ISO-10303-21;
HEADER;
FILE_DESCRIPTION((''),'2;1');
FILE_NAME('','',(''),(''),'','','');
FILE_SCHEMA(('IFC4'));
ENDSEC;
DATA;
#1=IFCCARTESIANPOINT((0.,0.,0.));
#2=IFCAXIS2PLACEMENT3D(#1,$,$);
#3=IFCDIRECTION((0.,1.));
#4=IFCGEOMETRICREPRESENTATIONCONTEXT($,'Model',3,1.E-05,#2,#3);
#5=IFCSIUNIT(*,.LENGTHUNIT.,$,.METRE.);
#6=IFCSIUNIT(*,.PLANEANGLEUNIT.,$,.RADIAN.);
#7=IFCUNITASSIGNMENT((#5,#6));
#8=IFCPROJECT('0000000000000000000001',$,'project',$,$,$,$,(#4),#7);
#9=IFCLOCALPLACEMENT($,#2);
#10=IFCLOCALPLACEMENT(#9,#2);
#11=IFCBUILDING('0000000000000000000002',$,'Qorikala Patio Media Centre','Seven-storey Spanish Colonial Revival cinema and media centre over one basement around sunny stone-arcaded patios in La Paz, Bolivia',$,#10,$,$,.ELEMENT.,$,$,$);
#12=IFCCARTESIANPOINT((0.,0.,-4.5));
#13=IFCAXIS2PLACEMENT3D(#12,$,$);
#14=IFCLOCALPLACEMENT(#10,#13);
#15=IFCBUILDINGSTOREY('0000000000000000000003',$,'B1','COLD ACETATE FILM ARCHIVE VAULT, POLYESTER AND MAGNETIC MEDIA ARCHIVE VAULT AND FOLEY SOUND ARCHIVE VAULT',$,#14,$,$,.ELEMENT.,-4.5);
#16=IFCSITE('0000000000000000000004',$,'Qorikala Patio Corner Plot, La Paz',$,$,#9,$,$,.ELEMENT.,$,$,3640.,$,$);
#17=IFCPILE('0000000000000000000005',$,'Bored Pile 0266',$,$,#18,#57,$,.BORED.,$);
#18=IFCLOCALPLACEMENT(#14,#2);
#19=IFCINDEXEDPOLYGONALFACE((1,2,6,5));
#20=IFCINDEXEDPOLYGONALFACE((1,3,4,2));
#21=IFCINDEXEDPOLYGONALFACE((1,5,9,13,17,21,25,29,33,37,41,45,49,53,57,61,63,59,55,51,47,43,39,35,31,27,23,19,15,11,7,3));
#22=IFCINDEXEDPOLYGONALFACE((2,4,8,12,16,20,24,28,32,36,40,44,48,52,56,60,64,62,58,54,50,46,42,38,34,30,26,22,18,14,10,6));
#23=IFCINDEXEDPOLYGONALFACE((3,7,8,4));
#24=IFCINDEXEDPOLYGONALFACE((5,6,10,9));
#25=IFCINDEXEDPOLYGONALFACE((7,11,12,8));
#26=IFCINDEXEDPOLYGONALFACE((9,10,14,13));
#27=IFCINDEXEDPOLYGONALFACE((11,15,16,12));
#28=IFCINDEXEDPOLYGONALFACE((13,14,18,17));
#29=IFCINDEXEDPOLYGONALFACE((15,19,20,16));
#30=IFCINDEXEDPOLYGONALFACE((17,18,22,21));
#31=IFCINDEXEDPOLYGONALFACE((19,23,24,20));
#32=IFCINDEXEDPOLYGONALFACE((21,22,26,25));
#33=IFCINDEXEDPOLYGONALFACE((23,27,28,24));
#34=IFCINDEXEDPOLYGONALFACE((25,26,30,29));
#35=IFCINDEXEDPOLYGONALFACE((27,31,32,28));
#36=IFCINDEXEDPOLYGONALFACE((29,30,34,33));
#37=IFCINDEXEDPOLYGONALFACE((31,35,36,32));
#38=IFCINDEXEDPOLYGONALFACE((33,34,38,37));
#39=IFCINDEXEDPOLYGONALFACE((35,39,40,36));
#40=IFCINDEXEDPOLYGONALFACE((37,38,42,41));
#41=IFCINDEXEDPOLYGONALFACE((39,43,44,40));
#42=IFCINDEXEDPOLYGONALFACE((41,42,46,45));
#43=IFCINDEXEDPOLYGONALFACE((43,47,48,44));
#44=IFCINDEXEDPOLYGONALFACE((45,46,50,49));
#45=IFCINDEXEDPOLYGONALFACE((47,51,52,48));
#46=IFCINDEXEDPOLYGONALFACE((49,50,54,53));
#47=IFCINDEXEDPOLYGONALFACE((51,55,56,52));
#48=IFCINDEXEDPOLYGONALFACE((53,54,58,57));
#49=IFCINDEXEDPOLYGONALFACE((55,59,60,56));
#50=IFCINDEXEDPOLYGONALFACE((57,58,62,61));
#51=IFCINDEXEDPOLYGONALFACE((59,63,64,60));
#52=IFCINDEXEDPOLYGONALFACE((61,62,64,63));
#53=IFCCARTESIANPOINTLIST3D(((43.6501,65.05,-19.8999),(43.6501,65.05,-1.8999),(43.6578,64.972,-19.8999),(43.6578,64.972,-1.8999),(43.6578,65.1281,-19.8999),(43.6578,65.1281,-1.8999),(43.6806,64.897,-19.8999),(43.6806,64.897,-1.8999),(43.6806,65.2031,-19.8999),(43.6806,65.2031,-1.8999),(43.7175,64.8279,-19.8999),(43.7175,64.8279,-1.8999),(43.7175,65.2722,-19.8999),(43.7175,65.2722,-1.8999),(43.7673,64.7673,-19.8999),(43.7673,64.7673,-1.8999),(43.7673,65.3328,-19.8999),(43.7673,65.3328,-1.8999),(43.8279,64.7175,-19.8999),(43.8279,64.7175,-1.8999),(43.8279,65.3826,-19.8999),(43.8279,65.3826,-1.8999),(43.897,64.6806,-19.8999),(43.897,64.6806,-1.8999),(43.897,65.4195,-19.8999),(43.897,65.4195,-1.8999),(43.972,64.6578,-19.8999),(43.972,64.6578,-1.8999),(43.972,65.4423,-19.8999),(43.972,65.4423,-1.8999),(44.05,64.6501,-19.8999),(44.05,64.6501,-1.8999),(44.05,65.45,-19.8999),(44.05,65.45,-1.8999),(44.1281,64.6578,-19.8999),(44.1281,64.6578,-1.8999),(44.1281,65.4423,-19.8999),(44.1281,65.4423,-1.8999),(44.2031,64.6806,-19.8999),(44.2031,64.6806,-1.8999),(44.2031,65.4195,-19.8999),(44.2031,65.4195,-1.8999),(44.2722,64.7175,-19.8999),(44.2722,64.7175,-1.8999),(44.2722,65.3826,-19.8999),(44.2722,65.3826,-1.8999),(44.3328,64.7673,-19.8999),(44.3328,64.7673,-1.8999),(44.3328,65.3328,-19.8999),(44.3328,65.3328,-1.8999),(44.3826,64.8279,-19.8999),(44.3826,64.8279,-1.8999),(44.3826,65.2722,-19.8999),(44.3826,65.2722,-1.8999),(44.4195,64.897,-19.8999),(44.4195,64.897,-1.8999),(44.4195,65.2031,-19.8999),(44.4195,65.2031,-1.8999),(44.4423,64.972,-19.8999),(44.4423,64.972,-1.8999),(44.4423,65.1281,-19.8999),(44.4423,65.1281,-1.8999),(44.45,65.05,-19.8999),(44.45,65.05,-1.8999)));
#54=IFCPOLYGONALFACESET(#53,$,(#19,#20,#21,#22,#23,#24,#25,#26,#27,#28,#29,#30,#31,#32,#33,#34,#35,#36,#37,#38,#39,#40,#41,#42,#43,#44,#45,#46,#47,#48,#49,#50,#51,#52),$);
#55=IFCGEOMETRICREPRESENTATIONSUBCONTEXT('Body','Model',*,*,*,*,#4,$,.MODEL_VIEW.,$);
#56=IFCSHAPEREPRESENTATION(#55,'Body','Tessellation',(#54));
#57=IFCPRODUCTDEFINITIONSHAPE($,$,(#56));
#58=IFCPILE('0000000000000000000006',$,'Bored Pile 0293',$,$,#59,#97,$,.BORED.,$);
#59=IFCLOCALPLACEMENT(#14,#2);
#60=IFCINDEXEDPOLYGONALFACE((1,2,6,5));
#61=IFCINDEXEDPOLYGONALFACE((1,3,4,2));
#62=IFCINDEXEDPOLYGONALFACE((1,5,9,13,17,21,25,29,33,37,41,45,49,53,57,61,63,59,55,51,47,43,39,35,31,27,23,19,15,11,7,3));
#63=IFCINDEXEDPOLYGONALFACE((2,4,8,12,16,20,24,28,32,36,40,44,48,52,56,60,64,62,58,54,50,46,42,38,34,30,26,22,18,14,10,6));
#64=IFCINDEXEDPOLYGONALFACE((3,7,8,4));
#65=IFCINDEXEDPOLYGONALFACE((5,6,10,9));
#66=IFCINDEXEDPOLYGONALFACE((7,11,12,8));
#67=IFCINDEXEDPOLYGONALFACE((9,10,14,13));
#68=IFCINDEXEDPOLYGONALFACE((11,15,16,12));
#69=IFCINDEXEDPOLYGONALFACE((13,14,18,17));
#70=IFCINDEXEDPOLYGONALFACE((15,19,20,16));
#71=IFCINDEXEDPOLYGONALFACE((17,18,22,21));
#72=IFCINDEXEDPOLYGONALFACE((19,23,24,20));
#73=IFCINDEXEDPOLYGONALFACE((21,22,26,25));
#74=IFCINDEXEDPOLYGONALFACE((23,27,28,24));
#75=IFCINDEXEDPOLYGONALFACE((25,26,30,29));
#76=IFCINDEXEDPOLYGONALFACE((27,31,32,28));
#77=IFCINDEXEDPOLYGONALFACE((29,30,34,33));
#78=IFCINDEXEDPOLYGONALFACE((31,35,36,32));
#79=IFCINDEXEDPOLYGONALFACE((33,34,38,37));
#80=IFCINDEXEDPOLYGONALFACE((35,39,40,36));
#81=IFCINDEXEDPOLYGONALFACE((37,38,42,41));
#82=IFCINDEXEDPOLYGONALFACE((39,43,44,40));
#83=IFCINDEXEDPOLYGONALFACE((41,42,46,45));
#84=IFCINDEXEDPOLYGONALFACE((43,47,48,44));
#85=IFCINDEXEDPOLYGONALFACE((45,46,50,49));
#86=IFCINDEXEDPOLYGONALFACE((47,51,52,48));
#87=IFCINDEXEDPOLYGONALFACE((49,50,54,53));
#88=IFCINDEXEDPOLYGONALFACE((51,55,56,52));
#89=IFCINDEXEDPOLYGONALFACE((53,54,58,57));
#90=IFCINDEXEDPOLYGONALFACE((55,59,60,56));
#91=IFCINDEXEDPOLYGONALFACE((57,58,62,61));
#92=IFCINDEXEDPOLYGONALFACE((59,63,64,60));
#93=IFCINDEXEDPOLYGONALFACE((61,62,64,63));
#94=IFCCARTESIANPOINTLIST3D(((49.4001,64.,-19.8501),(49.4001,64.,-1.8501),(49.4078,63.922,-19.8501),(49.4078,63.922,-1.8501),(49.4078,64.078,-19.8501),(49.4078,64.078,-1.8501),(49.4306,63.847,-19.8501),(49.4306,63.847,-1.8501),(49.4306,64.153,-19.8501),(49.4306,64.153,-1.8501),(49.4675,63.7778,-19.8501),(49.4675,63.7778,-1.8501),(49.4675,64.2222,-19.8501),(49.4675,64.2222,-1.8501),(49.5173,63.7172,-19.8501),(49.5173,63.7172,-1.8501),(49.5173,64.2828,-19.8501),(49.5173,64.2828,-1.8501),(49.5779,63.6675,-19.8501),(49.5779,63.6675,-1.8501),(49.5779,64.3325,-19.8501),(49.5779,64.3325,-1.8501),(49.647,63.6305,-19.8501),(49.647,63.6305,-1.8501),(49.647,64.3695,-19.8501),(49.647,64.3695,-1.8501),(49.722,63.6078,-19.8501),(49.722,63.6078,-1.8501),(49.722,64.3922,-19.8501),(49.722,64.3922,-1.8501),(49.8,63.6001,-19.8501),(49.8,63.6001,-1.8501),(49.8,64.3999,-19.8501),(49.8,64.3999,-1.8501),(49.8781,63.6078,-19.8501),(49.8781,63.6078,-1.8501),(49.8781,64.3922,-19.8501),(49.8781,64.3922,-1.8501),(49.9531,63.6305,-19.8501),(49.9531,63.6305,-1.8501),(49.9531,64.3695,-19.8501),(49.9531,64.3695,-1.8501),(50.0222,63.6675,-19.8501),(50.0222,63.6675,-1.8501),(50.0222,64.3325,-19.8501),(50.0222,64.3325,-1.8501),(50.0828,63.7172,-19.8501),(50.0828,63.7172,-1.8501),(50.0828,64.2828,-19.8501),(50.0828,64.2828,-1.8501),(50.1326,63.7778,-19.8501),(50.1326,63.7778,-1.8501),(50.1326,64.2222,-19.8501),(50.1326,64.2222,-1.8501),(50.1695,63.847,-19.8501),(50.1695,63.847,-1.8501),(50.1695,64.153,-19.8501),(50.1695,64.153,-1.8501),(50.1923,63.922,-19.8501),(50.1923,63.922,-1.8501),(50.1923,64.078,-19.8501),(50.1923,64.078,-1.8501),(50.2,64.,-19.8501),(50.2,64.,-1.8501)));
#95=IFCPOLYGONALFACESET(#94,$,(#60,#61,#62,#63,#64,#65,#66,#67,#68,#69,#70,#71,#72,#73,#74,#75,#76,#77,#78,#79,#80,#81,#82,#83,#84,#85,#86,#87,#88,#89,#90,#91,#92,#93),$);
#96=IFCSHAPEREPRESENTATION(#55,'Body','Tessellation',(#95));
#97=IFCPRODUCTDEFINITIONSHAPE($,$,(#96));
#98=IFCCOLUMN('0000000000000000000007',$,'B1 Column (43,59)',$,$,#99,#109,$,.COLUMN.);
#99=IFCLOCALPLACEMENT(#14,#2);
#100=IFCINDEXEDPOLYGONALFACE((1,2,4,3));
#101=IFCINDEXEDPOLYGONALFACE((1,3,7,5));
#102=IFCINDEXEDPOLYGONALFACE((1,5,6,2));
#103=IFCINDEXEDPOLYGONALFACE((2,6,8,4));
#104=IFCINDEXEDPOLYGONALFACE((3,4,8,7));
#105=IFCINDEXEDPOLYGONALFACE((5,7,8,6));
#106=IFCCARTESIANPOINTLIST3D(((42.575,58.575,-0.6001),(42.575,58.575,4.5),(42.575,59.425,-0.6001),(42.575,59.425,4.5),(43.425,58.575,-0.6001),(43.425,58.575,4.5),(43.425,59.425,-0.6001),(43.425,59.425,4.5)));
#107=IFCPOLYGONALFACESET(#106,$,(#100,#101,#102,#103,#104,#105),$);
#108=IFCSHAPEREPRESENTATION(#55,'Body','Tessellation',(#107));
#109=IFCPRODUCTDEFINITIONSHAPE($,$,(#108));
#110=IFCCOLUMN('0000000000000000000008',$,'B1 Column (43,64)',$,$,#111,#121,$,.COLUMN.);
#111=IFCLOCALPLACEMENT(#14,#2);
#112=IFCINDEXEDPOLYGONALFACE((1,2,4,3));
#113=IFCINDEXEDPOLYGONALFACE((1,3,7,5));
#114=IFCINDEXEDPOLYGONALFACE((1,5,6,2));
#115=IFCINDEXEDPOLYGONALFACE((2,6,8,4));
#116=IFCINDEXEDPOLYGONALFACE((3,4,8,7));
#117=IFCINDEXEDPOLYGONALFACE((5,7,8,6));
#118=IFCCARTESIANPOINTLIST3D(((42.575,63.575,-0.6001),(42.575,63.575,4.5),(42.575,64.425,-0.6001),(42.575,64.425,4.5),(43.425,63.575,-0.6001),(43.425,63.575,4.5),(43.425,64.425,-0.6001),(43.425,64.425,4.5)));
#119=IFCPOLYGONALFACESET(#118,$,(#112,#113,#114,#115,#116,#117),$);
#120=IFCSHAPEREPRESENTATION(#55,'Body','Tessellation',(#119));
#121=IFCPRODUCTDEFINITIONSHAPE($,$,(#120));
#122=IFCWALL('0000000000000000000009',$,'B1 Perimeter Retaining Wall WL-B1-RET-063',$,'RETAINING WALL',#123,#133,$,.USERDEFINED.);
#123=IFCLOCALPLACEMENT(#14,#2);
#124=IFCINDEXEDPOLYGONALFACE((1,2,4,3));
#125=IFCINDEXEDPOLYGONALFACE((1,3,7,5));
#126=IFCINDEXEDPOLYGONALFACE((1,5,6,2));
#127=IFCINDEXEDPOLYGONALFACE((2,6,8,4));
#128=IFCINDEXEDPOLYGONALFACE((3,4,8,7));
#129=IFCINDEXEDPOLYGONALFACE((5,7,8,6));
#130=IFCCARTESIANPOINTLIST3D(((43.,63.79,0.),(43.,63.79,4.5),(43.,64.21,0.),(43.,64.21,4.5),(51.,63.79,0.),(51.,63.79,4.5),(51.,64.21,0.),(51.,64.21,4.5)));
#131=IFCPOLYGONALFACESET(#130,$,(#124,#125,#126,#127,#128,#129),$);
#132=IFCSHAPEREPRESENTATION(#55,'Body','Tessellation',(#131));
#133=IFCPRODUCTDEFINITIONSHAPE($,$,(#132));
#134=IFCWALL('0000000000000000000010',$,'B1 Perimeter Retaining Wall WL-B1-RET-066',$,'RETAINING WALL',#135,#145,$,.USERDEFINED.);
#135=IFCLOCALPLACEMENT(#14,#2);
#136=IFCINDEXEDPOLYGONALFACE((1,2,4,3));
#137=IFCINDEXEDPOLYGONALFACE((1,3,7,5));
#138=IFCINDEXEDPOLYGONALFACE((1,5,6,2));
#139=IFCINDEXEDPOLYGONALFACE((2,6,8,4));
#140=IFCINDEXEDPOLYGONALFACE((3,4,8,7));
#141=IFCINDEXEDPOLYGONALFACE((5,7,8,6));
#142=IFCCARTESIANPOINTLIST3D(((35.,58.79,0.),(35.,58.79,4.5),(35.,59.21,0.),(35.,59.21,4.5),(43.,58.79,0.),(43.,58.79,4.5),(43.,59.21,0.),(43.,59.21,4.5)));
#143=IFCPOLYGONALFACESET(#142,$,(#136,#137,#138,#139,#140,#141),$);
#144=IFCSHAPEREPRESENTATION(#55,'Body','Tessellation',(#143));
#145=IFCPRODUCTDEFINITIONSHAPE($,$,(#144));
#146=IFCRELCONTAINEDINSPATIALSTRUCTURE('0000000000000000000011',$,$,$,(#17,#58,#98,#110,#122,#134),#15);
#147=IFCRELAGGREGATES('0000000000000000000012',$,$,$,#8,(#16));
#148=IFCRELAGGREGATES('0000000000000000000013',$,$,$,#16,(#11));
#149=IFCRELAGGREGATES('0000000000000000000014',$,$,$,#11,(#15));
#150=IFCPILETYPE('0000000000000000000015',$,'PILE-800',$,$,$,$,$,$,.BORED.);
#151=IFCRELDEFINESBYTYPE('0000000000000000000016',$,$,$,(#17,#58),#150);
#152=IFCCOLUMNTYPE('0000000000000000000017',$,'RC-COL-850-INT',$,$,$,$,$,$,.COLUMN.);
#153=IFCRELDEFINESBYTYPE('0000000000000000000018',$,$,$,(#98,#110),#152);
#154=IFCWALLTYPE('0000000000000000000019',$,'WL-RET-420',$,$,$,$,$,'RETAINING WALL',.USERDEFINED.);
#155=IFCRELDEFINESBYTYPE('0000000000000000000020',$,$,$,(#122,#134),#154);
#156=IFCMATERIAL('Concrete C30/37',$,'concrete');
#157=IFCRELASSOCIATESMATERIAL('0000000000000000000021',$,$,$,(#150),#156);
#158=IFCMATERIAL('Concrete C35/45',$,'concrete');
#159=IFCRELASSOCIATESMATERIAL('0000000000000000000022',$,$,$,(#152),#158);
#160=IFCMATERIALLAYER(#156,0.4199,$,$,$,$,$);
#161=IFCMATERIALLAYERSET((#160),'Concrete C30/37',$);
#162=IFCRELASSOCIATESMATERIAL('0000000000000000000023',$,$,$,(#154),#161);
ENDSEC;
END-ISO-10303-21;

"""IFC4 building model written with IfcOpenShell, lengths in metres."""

from ifc_helpers import new_model, si_unit, direction, frame, frame_2d, origin, origin_2d, place, context, subcontext, project, spatial, rectangle, circle, extrude, material, layer, layer_set, material_profile, profile_set, type_object, element, save


model = new_model("IFC4")

# Units and contexts
model_context = context("Model", 3, precision=1e-05, world=origin(), true_north=direction((0.0, 1.0)))
body_context = subcontext(model_context, "Body", "Model", "MODEL_VIEW")
ifc_project = project(units=[si_unit("LENGTHUNIT", "METRE"), si_unit("PLANEANGLEUNIT", "RADIAN")], contexts=[model_context])

# Site, building, storey
site_placement = place(None, origin())
site = spatial("IfcSite", under=ifc_project, at=site_placement, Name="Qorikala Patio Corner Plot, La Paz", CompositionType="ELEMENT", RefElevation=3640.0)
building_placement = place(site_placement, origin())
building = spatial("IfcBuilding", under=site, at=building_placement, Name="Qorikala Patio Media Centre", Description="Seven-storey Spanish Colonial Revival cinema and media centre over one basement around sunny stone-arcaded patios in La Paz, Bolivia", CompositionType="ELEMENT")
storey_placement = place(building_placement, frame((0.0, 0.0, -4.5)))
storey = spatial("IfcBuildingStorey", under=building, at=storey_placement, Name="B1", Description="COLD ACETATE FILM ARCHIVE VAULT, POLYESTER AND MAGNETIC MEDIA ARCHIVE VAULT AND FOLEY SOUND ARCHIVE VAULT", CompositionType="ELEMENT", Elevation=-4.5)

# Shared definitions
ifc_material_1 = material(Name="Concrete C30/37", Category="concrete")

# Piles
ifc_material_profile_1 = material_profile(ifc_material_1, circle(Radius=0.3999, at=origin_2d()), Name="BORED PILE 800")
ifc_profile_set_1 = profile_set([ifc_material_profile_1], Name="Concrete C30/37")
pile_type_1 = type_object("IfcPileType", Name="PILE-800", PredefinedType="BORED", material=ifc_profile_set_1)
for number, where, z_axis, x_axis, name in (
    (1, (44.05, 65.05, -1.8999), (0.0, 0.0, -1.0), (1.0, 0.0, 0.0), "Bored Pile 0266"),
    (2, (49.8, 64.0, -1.8501), (0.0, 0.0, -1.0), (1.0, 0.0, 0.0), "Bored Pile 0293"),
):
    element("IfcPile", number, at=place(storey_placement, frame(where, z_axis=z_axis, x_axis=x_axis)), inside=storey, type_object=pile_type_1, Name=name, PredefinedType="BORED", context=body_context, shape_type="SweptSolid", body=[
        extrude(circle(Radius=0.3999, at=origin_2d()), origin(), (0.0, 0.0, 1.0), 18.0),
    ])

# Columns
ifc_material_2 = material(Name="Concrete C35/45", Category="concrete")
ifc_material_profile_2 = material_profile(ifc_material_2, rectangle(XDim=0.8501, YDim=0.8501, at=origin_2d()), Name="RC 850x850")
ifc_profile_set_2 = profile_set([ifc_material_profile_2], Name="Concrete C35/45")
column_type = type_object("IfcColumnType", Name="RC-COL-850-INT", PredefinedType="COLUMN", material=ifc_profile_set_2)
for number, where, z_axis, x_axis, name in (
    (3, (43.0, 59.0, -0.6001), (0.0, 0.0, 1.0), (1.0, 0.0, 0.0), "B1 Column (43,59)"),
    (4, (43.0, 64.0, -0.6001), (0.0, 0.0, 1.0), (1.0, 0.0, 0.0), "B1 Column (43,64)"),
):
    element("IfcColumn", number, at=place(storey_placement, frame(where, z_axis=z_axis, x_axis=x_axis)), inside=storey, type_object=column_type, Name=name, PredefinedType="COLUMN", context=body_context, shape_type="SweptSolid", body=[
        extrude(rectangle(XDim=0.8501, YDim=0.8501, at=origin_2d()), origin(), (0.0, 0.0, 1.0), 5.1001),
    ])

# Walls
ifc_layer_1 = layer(ifc_material_1, 0.4199)
ifc_layer_set_1 = layer_set([ifc_layer_1], Name="Concrete C30/37")
wall_type = type_object("IfcWallType", Name="WL-RET-420", ElementType="RETAINING WALL", PredefinedType="USERDEFINED", material=ifc_layer_set_1)
for number, where, z_axis, x_axis, name in (
    (5, (43.0, 64.0, 0.0), (0.0, 0.0, 1.0), (1.0, 0.0, 0.0), "B1 Perimeter Retaining Wall WL-B1-RET-063"),
    (6, (43.0, 59.0, 0.0), (0.0, 0.0, 1.0), (-1.0, 0.0, 0.0), "B1 Perimeter Retaining Wall WL-B1-RET-066"),
):
    element("IfcWall", number, at=place(storey_placement, frame(where, z_axis=z_axis, x_axis=x_axis)), inside=storey, type_object=wall_type, Name=name, ObjectType="RETAINING WALL", PredefinedType="USERDEFINED", context=body_context, shape_type="SweptSolid", body=[
        extrude(rectangle(XDim=8.0, YDim=0.4199, at=frame_2d((4.0, 0.0))), origin(), (0.0, 0.0, 1.0), 4.5),
    ])

save(model, "model.ifc")
